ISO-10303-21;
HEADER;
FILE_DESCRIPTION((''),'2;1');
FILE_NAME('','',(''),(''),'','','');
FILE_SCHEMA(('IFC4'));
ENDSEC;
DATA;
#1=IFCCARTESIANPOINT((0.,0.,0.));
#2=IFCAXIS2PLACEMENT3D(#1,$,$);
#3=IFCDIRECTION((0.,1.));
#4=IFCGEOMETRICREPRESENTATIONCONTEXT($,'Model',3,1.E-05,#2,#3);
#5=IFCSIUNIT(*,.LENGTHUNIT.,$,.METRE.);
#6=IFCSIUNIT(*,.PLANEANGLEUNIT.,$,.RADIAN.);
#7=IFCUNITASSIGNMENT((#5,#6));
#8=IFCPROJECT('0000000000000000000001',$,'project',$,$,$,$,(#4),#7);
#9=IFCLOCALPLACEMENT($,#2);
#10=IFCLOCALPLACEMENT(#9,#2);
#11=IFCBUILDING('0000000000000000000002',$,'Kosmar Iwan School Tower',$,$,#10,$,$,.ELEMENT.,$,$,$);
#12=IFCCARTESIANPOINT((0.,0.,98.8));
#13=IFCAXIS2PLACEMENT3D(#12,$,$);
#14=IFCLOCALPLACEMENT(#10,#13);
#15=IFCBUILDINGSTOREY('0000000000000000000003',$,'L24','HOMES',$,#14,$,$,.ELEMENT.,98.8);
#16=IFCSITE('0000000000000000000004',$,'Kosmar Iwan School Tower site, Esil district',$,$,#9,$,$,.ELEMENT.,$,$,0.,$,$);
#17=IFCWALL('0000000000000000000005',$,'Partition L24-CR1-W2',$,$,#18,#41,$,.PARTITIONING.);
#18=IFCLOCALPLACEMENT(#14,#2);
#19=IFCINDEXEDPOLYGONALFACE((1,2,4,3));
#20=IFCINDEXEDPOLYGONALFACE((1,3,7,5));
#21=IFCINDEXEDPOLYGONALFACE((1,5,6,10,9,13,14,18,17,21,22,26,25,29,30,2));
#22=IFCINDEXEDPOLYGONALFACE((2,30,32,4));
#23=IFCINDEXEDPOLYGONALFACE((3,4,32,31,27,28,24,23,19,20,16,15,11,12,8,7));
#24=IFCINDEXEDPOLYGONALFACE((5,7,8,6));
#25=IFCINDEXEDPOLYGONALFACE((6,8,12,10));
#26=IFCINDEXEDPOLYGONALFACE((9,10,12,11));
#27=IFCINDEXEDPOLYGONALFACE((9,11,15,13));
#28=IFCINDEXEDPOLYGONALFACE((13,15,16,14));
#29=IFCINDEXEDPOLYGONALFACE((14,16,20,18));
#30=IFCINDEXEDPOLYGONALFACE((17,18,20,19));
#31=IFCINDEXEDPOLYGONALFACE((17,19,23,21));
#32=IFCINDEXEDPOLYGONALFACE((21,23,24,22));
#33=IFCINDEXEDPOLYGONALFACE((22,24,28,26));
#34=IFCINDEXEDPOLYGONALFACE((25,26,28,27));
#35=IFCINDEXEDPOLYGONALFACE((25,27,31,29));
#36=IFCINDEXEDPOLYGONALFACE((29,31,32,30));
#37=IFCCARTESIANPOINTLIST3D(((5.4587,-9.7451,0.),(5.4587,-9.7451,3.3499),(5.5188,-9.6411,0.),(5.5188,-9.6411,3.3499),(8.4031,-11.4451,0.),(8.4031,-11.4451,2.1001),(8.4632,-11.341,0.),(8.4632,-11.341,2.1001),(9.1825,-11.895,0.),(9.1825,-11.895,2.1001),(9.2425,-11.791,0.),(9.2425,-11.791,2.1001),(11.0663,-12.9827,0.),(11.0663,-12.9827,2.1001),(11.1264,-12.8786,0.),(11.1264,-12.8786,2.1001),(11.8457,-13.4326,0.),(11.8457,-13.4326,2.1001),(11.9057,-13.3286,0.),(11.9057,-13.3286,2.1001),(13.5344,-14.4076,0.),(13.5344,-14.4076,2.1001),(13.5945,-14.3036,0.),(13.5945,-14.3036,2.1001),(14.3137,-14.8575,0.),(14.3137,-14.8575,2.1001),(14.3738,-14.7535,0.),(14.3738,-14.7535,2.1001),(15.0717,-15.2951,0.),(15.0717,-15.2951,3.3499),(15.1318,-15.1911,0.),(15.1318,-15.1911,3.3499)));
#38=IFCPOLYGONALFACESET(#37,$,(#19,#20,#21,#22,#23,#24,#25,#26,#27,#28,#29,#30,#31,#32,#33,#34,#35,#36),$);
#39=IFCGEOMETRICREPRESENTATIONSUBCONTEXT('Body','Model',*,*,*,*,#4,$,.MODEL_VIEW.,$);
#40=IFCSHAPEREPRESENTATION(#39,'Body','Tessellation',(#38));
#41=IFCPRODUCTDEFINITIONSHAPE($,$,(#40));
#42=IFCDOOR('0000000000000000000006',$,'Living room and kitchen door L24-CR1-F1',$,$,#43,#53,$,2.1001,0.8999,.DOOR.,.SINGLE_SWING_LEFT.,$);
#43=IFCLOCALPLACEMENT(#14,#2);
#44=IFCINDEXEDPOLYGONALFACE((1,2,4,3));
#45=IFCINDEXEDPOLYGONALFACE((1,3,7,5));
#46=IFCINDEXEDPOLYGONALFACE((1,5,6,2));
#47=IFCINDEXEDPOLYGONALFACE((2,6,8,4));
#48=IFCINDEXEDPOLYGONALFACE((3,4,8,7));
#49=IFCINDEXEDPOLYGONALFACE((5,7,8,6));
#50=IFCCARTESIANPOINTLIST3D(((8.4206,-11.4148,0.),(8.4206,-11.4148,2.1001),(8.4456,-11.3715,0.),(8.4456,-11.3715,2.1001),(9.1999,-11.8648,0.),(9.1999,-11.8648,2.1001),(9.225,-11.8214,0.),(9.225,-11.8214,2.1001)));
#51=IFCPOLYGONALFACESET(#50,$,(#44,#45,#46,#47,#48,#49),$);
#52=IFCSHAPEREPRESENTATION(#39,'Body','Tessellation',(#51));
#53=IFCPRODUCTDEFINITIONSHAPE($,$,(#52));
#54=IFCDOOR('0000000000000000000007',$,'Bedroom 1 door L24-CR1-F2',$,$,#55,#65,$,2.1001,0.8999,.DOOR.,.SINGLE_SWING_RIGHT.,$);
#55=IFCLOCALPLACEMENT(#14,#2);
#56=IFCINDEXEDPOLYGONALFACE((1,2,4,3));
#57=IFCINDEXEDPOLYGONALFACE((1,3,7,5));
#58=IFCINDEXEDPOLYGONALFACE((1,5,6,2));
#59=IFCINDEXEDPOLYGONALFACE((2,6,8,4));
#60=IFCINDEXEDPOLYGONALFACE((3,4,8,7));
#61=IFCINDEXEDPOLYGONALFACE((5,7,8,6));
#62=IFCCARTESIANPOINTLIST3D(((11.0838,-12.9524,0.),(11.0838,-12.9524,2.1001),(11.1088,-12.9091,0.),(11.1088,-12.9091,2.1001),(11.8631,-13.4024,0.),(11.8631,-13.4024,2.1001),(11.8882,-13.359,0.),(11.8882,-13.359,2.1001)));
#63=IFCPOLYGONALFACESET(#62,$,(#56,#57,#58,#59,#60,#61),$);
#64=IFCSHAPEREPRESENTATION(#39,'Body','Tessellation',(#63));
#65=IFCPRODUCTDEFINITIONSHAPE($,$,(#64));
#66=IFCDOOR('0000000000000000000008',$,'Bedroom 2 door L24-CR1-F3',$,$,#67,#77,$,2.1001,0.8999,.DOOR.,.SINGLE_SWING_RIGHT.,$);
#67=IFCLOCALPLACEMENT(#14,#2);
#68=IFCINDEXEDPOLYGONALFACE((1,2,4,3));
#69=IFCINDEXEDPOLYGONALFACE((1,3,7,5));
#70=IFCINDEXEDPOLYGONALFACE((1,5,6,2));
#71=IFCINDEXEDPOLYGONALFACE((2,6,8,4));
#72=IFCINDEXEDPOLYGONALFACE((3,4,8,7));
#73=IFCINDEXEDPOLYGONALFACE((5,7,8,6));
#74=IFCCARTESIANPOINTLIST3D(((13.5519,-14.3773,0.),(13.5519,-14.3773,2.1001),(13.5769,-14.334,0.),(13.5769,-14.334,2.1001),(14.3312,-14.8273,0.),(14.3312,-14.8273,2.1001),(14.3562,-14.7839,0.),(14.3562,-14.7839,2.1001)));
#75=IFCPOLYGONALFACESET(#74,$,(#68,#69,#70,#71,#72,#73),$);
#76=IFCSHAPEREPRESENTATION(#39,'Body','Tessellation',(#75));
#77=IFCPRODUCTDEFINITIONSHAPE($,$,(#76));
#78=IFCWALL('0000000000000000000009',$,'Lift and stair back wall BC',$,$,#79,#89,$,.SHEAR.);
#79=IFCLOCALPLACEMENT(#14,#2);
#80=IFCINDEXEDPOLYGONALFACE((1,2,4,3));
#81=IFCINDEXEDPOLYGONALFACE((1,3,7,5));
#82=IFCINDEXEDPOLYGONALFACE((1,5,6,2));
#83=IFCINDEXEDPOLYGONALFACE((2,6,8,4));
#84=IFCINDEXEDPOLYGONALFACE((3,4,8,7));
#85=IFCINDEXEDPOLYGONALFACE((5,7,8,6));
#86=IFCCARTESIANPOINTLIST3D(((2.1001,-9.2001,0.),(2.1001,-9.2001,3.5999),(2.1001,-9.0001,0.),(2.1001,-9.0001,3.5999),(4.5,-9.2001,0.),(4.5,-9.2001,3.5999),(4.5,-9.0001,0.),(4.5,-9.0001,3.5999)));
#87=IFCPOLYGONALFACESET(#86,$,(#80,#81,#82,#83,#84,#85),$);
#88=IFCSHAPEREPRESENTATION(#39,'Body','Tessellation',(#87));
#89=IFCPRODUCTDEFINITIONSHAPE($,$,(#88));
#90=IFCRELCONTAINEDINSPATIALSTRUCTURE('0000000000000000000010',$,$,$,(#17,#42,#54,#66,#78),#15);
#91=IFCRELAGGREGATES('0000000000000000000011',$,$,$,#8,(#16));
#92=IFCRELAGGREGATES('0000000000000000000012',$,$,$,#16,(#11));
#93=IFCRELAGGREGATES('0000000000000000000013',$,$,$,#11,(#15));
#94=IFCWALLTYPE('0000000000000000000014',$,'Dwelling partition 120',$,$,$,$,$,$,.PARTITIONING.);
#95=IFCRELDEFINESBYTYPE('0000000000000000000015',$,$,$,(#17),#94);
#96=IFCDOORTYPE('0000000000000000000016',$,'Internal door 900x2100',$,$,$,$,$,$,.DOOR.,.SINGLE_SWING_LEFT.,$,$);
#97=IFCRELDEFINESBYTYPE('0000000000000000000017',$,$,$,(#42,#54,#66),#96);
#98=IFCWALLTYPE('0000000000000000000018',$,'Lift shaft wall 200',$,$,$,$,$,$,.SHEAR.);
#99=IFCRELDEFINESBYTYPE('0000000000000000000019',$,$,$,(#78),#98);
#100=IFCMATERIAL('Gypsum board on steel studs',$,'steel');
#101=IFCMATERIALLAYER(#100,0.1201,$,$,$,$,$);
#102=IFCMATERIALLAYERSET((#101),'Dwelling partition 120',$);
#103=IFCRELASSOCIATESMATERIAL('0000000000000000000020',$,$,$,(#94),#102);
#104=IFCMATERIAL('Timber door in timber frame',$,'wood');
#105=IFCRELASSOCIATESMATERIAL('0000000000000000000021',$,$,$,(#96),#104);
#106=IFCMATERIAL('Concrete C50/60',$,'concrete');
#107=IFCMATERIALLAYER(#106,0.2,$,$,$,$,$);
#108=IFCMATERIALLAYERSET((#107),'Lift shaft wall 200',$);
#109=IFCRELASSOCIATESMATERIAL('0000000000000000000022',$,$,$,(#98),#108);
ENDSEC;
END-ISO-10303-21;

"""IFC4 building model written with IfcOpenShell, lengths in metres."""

from ifc_helpers import new_model, si_unit, direction, frame, frame_2d, origin, place, context, subcontext, project, spatial, rectangle, extrude, material, layer, layer_set, type_object, element, fill, save


model = new_model("IFC4")

# Units and contexts
model_context = context("Model", 3, precision=1e-05, world=origin(), true_north=direction((0.0, 1.0)))
body_context = subcontext(model_context, "Body", "Model", "MODEL_VIEW")
ifc_project = project(units=[si_unit("LENGTHUNIT", "METRE"), si_unit("PLANEANGLEUNIT", "RADIAN")], contexts=[model_context])

# Site, building, storey
site_placement = place(None, origin())
site = spatial("IfcSite", under=ifc_project, at=site_placement, Name="Kosmar Iwan School Tower site, Esil district", CompositionType="ELEMENT", RefElevation=0.0)
building_placement = place(site_placement, origin())
building = spatial("IfcBuilding", under=site, at=building_placement, Name="Kosmar Iwan School Tower", CompositionType="ELEMENT")
storey_placement = place(building_placement, frame((0.0, 0.0, 98.8)))
storey = spatial("IfcBuildingStorey", under=building, at=storey_placement, Name="L24", Description="HOMES", CompositionType="ELEMENT", Elevation=98.8)

# Wall, openings, doors
ifc_material_1 = material(Name="Gypsum board on steel studs", Category="steel")
ifc_layer_1 = layer(ifc_material_1, 0.1201)
ifc_layer_set_1 = layer_set([ifc_layer_1], Name="Dwelling partition 120")
wall_type_1 = type_object("IfcWallType", Name="Dwelling partition 120", PredefinedType="PARTITIONING", material=ifc_layer_set_1)
wall_1_placement = place(storey_placement, frame((5.4888, -9.6931, 0.0), z_axis=(0.0, 0.0, 1.0), x_axis=(0.866027, -0.499997, 0.0)))
wall_1 = element("IfcWall", 1, at=wall_1_placement, inside=storey, type_object=wall_type_1, Name="Partition L24-CR1-W2", PredefinedType="PARTITIONING", context=body_context, shape_type="SweptSolid", body=[
    extrude(rectangle(XDim=11.1001, YDim=0.1201, at=frame_2d((5.55, 0.0))), origin(), (0.0, 0.0, 1.0), 3.3499),
])
opening_1_placement = place(wall_1_placement, frame((3.3999, 0.0, 0.0)))
opening_1 = element("IfcOpeningElement", 2, at=opening_1_placement, cuts=wall_1, PredefinedType="OPENING", context=body_context, shape_type="SweptSolid", body=[
    extrude(rectangle(XDim=0.8999, YDim=2.1001, at=frame_2d((0.45, 1.05))), frame((0.0, 0.072, 0.0), z_axis=(0.0, -1.0, 0.0), x_axis=(1.0, 0.0, 0.0)), (0.0, 0.0, 1.0), 0.144),
])
opening_2_placement = place(wall_1_placement, frame((6.4751, 0.0, 0.0)))
opening_2 = element("IfcOpeningElement", 3, at=opening_2_placement, cuts=wall_1, PredefinedType="OPENING", context=body_context, shape_type="SweptSolid", body=[
    extrude(rectangle(XDim=0.8999, YDim=2.1001, at=frame_2d((0.45, 1.05))), frame((0.0, 0.072, 0.0), z_axis=(0.0, -1.0, 0.0), x_axis=(1.0, 0.0, 0.0)), (0.0, 0.0, 1.0), 0.144),
])
opening_3_placement = place(wall_1_placement, frame((9.325, 0.0, 0.0)))
opening_3 = element("IfcOpeningElement", 4, at=opening_3_placement, cuts=wall_1, PredefinedType="OPENING", context=body_context, shape_type="SweptSolid", body=[
    extrude(rectangle(XDim=0.8999, YDim=2.1001, at=frame_2d((0.45, 1.05))), frame((0.0, 0.072, 0.0), z_axis=(0.0, -1.0, 0.0), x_axis=(1.0, 0.0, 0.0)), (0.0, 0.0, 1.0), 0.144),
])
ifc_material_2 = material(Name="Timber door in timber frame", Category="wood")
door_type = type_object("IfcDoorType", Name="Internal door 900x2100", OperationType="SINGLE_SWING_LEFT", PredefinedType="DOOR", material=ifc_material_2)
door_1_placement = place(opening_1_placement, origin())
door_1 = element("IfcDoor", 5, at=door_1_placement, inside=storey, type_object=door_type, Name="Living room and kitchen door L24-CR1-F1", OperationType="SINGLE_SWING_LEFT", OverallHeight=2.1001, OverallWidth=0.8999, PredefinedType="DOOR", context=body_context, shape_type="SweptSolid", body=[
    extrude(rectangle(XDim=0.8999, YDim=2.1001, at=frame_2d((0.45, 1.05))), frame((0.0, 0.0249, 0.0), z_axis=(0.0, -1.0, 0.0), x_axis=(1.0, 0.0, 0.0)), (0.0, 0.0, 1.0), 0.05),
])
fill(opening_1, door_1)
door_2_placement = place(opening_2_placement, origin())
door_2 = element("IfcDoor", 6, at=door_2_placement, inside=storey, type_object=door_type, Name="Bedroom 1 door L24-CR1-F2", OperationType="SINGLE_SWING_RIGHT", OverallHeight=2.1001, OverallWidth=0.8999, PredefinedType="DOOR", context=body_context, shape_type="SweptSolid", body=[
    extrude(rectangle(XDim=0.8999, YDim=2.1001, at=frame_2d((0.45, 1.05))), frame((0.0, 0.0249, 0.0), z_axis=(0.0, -1.0, 0.0), x_axis=(1.0, 0.0, 0.0)), (0.0, 0.0, 1.0), 0.05),
])
fill(opening_2, door_2)
door_3_placement = place(opening_3_placement, origin())
door_3 = element("IfcDoor", 7, at=door_3_placement, inside=storey, type_object=door_type, Name="Bedroom 2 door L24-CR1-F3", OperationType="SINGLE_SWING_RIGHT", OverallHeight=2.1001, OverallWidth=0.8999, PredefinedType="DOOR", context=body_context, shape_type="SweptSolid", body=[
    extrude(rectangle(XDim=0.8999, YDim=2.1001, at=frame_2d((0.45, 1.05))), frame((0.0, 0.0249, 0.0), z_axis=(0.0, -1.0, 0.0), x_axis=(1.0, 0.0, 0.0)), (0.0, 0.0, 1.0), 0.05),
])
fill(opening_3, door_3)

# Wall
ifc_material_3 = material(Name="Concrete C50/60", Category="concrete")
ifc_layer_2 = layer(ifc_material_3, 0.2)
ifc_layer_set_2 = layer_set([ifc_layer_2], Name="Lift shaft wall 200")
wall_type_2 = type_object("IfcWallType", Name="Lift shaft wall 200", PredefinedType="SHEAR", material=ifc_layer_set_2)
wall_2_placement = place(storey_placement, frame((2.1001, -9.1001, 0.0), z_axis=(0.0, 0.0, 1.0), x_axis=(1.0, 0.0, 0.0)))
element("IfcWall", 8, at=wall_2_placement, inside=storey, type_object=wall_type_2, Name="Lift and stair back wall BC", PredefinedType="SHEAR", context=body_context, shape_type="SweptSolid", body=[
    extrude(rectangle(XDim=2.3999, YDim=0.2, at=frame_2d((1.2, 0.0))), origin(), (0.0, 0.0, 1.0), 3.5999),
])

save(model, "model.ifc")
